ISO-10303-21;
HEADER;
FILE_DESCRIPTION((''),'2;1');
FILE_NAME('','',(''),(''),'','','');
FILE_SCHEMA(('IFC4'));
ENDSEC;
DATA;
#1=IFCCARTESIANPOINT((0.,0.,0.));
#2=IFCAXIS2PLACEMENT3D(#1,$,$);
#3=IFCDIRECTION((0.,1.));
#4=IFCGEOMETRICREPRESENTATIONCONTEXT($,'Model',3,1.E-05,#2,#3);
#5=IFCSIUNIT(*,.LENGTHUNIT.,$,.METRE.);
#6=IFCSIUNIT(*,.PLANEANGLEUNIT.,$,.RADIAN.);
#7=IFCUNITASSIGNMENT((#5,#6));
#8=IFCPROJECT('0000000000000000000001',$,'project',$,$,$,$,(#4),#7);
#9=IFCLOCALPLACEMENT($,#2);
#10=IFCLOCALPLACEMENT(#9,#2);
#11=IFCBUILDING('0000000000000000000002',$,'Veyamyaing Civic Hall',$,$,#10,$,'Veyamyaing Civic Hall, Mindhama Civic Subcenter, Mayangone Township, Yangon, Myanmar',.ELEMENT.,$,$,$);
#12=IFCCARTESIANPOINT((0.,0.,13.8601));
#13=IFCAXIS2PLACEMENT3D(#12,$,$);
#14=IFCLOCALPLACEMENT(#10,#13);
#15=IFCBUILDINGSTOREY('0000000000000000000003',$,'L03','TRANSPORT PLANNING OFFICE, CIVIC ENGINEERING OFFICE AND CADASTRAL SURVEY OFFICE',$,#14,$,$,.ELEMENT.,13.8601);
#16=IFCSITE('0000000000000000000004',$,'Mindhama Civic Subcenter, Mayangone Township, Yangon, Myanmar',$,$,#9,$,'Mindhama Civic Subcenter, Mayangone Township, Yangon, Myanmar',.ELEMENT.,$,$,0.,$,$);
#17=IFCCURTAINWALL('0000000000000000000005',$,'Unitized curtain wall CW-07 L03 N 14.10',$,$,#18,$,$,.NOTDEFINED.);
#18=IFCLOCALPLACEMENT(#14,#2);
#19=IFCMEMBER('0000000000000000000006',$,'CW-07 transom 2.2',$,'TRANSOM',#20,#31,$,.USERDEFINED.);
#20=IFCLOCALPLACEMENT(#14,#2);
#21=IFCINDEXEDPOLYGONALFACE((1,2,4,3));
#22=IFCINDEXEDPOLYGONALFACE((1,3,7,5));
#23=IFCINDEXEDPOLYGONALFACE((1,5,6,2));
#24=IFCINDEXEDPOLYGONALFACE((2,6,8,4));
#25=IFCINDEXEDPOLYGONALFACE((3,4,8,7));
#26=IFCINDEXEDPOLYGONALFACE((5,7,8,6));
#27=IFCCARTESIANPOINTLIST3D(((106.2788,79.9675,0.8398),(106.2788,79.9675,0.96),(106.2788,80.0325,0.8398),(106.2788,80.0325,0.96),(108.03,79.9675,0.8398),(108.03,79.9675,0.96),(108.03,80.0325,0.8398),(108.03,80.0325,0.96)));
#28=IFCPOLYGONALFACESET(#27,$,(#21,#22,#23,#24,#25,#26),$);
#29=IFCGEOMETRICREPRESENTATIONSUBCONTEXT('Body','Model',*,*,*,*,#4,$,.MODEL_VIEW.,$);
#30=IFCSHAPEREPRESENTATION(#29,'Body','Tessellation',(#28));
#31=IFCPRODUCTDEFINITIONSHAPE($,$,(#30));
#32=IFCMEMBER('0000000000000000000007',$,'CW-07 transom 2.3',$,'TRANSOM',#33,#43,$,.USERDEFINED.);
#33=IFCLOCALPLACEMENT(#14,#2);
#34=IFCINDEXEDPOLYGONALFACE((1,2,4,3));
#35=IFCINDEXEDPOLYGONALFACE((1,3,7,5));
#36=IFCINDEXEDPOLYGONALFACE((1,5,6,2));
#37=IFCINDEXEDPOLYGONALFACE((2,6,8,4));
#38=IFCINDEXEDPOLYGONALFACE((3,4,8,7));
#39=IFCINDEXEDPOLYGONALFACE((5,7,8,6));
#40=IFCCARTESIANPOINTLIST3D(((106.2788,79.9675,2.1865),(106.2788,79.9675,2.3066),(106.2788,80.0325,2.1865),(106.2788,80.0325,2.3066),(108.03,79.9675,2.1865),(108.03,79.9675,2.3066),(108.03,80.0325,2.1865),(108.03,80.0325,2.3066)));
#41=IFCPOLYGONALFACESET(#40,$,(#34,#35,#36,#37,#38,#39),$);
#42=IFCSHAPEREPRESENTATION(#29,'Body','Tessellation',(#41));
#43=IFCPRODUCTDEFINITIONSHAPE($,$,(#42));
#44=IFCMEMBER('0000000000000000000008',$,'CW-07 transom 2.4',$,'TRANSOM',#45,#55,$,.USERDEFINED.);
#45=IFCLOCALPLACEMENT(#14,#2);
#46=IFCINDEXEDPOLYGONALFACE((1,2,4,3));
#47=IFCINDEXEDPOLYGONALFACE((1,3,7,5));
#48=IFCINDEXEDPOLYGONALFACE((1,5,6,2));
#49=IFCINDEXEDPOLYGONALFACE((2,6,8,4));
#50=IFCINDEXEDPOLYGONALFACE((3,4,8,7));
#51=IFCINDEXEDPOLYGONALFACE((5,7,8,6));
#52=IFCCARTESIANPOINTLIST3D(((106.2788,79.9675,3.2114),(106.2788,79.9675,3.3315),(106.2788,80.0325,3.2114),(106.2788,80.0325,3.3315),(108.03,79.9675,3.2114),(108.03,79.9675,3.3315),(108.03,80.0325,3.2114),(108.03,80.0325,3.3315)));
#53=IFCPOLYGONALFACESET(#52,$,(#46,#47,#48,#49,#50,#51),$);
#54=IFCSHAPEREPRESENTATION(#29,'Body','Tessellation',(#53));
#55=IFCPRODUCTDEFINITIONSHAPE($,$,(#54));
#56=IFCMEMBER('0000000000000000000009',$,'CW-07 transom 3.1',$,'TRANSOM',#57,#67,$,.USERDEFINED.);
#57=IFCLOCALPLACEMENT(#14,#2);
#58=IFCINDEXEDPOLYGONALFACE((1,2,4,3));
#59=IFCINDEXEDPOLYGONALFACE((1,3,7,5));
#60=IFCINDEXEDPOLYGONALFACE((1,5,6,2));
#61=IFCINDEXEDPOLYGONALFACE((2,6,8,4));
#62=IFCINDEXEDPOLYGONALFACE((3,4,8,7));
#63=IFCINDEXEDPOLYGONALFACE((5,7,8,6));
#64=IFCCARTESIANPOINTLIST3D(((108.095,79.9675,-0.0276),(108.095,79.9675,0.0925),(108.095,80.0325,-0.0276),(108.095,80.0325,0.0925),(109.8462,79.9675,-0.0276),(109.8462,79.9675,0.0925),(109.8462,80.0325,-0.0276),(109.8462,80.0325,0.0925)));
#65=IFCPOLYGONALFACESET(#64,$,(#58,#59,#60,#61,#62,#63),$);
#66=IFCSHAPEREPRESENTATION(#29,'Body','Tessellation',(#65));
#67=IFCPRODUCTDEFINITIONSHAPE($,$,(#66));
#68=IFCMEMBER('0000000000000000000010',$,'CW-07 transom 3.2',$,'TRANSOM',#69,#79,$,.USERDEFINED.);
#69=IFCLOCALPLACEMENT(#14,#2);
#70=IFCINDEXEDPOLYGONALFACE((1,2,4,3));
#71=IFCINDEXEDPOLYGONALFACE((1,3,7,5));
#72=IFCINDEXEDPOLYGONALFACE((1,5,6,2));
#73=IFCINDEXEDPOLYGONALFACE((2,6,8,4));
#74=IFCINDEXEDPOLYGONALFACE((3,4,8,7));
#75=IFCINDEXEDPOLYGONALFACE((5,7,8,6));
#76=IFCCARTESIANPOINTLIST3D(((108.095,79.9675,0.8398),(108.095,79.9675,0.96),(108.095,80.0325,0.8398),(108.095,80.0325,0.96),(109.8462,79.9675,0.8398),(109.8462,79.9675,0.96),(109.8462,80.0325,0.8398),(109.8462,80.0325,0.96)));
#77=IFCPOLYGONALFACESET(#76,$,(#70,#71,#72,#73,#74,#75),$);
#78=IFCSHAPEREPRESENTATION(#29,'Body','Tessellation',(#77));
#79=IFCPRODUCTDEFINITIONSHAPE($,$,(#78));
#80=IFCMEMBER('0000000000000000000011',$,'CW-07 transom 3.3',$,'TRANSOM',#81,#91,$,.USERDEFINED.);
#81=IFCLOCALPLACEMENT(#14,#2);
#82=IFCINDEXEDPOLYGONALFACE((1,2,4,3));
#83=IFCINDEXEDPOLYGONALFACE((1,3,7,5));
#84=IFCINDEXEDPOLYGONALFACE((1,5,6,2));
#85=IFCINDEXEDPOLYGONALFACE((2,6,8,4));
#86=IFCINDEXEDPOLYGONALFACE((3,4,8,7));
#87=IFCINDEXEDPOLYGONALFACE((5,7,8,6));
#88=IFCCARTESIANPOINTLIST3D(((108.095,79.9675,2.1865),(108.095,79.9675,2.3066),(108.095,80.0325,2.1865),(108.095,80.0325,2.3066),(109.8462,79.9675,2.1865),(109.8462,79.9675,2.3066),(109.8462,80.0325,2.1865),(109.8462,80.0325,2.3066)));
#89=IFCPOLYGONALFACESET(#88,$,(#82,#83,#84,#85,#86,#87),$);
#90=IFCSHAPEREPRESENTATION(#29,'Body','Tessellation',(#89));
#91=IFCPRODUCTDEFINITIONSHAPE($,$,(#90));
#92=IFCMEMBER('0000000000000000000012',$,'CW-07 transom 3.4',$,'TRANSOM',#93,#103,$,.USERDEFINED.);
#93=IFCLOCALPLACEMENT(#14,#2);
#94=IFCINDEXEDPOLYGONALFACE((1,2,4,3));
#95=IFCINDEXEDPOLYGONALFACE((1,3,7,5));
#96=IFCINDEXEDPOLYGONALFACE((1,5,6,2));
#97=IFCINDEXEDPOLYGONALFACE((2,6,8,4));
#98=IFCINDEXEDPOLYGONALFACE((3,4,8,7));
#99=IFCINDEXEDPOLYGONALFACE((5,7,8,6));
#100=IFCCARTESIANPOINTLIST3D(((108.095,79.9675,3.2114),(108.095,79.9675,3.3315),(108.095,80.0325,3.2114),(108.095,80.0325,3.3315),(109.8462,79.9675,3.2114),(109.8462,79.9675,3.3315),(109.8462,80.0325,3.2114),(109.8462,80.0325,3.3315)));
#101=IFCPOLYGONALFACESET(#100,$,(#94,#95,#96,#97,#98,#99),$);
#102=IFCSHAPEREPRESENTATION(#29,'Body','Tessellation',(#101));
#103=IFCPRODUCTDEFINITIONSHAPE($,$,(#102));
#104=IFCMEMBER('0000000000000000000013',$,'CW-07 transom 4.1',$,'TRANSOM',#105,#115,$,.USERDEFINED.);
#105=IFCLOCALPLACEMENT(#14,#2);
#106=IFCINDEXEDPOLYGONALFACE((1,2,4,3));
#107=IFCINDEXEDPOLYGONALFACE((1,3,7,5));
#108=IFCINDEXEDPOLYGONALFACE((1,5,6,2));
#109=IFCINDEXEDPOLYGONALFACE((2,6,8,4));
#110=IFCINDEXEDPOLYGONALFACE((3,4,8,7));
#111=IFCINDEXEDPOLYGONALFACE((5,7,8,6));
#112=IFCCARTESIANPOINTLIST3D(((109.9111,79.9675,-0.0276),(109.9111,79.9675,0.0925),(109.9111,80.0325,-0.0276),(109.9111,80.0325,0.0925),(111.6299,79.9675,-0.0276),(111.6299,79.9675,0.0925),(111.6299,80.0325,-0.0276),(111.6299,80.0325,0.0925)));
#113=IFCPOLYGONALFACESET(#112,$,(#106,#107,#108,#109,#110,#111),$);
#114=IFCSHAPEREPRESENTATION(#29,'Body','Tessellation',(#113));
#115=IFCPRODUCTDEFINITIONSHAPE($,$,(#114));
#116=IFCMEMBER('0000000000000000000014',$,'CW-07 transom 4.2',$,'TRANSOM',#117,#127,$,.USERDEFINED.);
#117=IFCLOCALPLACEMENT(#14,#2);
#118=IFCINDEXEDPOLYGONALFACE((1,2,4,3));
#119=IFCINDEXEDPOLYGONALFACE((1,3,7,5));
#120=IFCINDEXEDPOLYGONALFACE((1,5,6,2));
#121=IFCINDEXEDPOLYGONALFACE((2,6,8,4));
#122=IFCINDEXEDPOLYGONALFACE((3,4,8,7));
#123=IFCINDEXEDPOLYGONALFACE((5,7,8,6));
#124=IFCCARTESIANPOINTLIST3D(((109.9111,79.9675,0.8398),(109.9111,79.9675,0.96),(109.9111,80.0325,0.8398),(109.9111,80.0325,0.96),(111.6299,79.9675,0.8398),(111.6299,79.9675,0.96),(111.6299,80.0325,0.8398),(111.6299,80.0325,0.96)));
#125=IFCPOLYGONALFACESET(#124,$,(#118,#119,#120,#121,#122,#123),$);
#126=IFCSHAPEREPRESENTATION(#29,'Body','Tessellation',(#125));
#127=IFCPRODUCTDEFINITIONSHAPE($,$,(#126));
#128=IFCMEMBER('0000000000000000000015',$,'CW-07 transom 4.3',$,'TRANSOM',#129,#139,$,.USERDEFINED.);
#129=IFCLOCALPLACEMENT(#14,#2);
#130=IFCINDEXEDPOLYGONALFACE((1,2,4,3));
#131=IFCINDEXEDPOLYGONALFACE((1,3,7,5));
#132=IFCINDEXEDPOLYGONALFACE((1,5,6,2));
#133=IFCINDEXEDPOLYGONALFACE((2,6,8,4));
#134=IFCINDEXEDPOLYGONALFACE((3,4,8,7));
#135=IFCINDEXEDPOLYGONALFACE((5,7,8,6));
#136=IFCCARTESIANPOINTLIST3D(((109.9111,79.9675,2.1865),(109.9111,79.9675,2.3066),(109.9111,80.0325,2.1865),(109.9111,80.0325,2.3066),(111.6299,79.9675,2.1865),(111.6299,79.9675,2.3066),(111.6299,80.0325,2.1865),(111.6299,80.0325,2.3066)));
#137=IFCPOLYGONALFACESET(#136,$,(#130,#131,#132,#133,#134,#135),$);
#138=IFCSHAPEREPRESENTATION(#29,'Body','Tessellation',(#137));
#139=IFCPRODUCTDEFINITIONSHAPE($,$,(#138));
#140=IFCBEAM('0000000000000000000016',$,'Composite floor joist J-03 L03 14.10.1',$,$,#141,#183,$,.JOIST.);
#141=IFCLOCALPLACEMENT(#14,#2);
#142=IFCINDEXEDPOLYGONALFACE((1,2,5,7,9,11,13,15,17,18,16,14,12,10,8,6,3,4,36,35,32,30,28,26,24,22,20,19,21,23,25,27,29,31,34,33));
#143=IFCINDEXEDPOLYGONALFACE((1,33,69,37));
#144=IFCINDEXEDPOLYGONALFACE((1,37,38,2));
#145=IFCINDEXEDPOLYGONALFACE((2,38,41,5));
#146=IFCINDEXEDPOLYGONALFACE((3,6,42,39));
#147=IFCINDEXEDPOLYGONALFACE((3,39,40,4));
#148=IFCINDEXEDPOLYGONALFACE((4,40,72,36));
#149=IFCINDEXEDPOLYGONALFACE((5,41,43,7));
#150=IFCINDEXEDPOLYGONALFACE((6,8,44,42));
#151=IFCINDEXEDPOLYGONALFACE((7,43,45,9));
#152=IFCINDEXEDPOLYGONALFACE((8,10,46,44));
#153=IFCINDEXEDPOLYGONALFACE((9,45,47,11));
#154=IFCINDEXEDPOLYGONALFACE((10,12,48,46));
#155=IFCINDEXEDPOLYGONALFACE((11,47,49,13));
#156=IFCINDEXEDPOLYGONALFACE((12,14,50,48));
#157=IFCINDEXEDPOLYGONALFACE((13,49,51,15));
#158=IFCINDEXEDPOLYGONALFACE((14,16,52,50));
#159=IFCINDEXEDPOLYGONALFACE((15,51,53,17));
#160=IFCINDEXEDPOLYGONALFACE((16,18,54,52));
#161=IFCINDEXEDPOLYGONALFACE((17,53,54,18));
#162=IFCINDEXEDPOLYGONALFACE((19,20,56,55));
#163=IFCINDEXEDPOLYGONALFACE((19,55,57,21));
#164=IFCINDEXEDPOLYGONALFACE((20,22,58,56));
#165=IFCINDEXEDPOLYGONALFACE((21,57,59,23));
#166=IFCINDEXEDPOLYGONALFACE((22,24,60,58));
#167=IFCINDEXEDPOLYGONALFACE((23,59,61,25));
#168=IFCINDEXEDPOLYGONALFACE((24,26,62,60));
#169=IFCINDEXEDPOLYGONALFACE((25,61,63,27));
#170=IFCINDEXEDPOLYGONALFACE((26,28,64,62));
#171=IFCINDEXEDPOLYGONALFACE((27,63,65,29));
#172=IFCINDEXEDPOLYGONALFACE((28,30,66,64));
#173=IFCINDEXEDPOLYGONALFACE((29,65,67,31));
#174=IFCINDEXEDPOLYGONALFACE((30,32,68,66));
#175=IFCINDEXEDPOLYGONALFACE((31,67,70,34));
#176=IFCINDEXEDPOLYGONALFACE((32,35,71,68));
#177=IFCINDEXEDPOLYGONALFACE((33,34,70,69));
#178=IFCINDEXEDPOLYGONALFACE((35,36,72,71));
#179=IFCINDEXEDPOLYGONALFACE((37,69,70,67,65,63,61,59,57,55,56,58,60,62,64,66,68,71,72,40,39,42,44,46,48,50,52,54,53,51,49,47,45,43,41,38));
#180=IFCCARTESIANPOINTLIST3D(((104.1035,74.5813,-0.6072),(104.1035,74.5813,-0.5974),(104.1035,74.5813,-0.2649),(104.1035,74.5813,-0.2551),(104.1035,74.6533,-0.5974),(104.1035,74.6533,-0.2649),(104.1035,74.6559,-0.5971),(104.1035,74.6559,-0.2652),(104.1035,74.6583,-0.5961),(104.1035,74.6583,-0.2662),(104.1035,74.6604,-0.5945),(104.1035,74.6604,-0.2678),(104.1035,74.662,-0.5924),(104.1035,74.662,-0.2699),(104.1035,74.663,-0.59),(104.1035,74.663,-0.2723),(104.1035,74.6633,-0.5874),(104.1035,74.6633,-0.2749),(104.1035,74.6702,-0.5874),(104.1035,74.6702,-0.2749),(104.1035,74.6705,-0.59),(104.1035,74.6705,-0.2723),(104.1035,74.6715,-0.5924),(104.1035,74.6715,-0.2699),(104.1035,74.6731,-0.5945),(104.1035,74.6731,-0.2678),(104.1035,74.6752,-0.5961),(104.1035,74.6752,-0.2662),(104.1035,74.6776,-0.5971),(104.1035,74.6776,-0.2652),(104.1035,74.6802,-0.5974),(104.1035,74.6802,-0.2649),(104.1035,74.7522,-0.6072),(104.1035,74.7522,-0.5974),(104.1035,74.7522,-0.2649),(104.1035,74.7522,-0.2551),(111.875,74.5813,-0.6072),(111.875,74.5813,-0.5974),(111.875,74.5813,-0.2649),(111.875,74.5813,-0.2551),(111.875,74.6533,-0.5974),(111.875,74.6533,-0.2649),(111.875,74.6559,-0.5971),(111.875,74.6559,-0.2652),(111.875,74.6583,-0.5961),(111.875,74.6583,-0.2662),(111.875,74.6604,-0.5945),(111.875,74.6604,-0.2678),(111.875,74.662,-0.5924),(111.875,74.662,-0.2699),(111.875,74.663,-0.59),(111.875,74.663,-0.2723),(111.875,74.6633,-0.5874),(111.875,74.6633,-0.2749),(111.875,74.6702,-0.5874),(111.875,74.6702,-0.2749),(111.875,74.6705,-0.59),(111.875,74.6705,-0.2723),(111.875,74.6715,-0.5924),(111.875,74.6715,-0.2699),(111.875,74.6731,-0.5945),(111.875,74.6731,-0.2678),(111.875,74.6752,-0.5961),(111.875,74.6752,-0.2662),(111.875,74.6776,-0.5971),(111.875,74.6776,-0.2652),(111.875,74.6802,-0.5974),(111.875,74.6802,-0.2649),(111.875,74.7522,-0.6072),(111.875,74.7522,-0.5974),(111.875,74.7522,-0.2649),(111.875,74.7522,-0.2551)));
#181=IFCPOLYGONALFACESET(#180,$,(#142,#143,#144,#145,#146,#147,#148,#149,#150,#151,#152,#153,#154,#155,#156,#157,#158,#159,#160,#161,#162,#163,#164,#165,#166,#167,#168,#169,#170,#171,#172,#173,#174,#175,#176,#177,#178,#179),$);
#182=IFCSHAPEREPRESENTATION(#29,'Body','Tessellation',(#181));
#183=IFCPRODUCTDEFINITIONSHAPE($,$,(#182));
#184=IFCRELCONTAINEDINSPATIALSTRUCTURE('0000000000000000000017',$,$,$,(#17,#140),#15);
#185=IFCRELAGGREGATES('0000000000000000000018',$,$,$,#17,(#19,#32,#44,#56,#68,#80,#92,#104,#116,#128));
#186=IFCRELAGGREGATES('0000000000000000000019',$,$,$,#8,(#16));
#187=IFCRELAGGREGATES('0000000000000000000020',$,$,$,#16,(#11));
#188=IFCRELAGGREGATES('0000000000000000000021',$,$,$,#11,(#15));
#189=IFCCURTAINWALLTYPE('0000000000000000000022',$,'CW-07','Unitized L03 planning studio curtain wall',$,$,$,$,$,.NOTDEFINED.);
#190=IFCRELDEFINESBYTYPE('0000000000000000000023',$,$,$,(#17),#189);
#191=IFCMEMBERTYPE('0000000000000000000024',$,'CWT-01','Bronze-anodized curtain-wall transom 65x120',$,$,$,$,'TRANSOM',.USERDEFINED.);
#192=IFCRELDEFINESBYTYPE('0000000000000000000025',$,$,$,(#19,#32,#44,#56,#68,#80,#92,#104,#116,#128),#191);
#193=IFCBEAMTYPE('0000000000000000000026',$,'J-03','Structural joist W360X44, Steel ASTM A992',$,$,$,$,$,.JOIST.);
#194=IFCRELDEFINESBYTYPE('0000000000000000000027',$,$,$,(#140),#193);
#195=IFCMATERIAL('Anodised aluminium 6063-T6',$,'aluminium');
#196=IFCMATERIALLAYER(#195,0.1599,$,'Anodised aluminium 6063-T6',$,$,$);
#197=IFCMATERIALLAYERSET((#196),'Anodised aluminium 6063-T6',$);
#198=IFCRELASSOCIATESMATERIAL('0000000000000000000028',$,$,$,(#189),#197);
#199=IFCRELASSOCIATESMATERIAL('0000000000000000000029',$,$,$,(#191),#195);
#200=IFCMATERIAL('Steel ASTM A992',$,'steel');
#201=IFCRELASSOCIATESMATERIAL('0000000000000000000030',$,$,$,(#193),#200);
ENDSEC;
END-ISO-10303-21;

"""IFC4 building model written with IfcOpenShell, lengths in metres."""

from ifc_helpers import new_model, si_unit, direction, frame, origin, origin_2d, place, context, subcontext, project, spatial, rectangle, i_section, extrude, material, layer, layer_set, material_profile, profile_set, type_object, element, aggregate, save


model = new_model("IFC4")

# Units and contexts
model_context = context("Model", 3, precision=1e-05, world=origin(), true_north=direction((0.0, 1.0)))
body_context = subcontext(model_context, "Body", "Model", "MODEL_VIEW")
ifc_project = project(units=[si_unit("LENGTHUNIT", "METRE"), si_unit("PLANEANGLEUNIT", "RADIAN")], contexts=[model_context])

# Site, building, storey
site_placement = place(None, origin())
site = spatial("IfcSite", under=ifc_project, at=site_placement, Name="Mindhama Civic Subcenter, Mayangone Township, Yangon, Myanmar", LongName="Mindhama Civic Subcenter, Mayangone Township, Yangon, Myanmar", CompositionType="ELEMENT", RefElevation=0.0)
building_placement = place(site_placement, origin())
building = spatial("IfcBuilding", under=site, at=building_placement, Name="Veyamyaing Civic Hall", LongName="Veyamyaing Civic Hall, Mindhama Civic Subcenter, Mayangone Township, Yangon, Myanmar", CompositionType="ELEMENT")
storey_placement = place(building_placement, frame((0.0, 0.0, 13.8601)))
storey = spatial("IfcBuildingStorey", under=building, at=storey_placement, Name="L03", Description="TRANSPORT PLANNING OFFICE, CIVIC ENGINEERING OFFICE AND CADASTRAL SURVEY OFFICE", CompositionType="ELEMENT", Elevation=13.8601)

# Shared definitions
ifc_material_1 = material(Name="Steel ASTM A992", Category="steel")

# Curtain wall, members
ifc_material_2 = material(Name="Anodised aluminium 6063-T6", Category="aluminium")
ifc_layer_1 = layer(ifc_material_2, 0.1599, Name="Anodised aluminium 6063-T6")
ifc_layer_set_1 = layer_set([ifc_layer_1], Name="Anodised aluminium 6063-T6")
curtain_wall_type = type_object("IfcCurtainWallType", Name="CW-07", Description="Unitized L03 planning studio curtain wall", PredefinedType="NOTDEFINED", material=ifc_layer_set_1)
curtain_wall_placement = place(storey_placement, origin())
curtain_wall = element("IfcCurtainWall", 1, at=curtain_wall_placement, inside=storey, type_object=curtain_wall_type, Name="Unitized curtain wall CW-07 L03 N 14.10", PredefinedType="NOTDEFINED")
ifc_material_profile_1 = material_profile(ifc_material_2, rectangle(XDim=0.0649, YDim=0.1201, at=origin_2d()), Name="ALU-TRN-65X120")
ifc_profile_set_1 = profile_set([ifc_material_profile_1], Name="Anodised aluminium 6063-T6")
member_type_1 = type_object("IfcMemberType", Name="CWT-01", Description="Bronze-anodized curtain-wall transom 65x120", ElementType="TRANSOM", PredefinedType="USERDEFINED", material=ifc_profile_set_1)
member_1_placement = place(storey_placement, frame((106.2788, 80.0, 0.8999), z_axis=(1.0, 0.0, 0.0), x_axis=(0.0, 1.0, 0.0)))
member_1 = element("IfcMember", 2, at=member_1_placement, type_object=member_type_1, Name="CW-07 transom 2.2", ObjectType="TRANSOM", PredefinedType="USERDEFINED", context=body_context, shape_type="SweptSolid", body=[
    extrude(rectangle(XDim=0.0649, YDim=0.1201, at=origin_2d()), origin(), (0.0, 0.0, 1.0), 1.7512),
])
member_2_placement = place(storey_placement, frame((106.2788, 80.0, 2.2466), z_axis=(1.0, 0.0, 0.0), x_axis=(0.0, 1.0, 0.0)))
member_2 = element("IfcMember", 3, at=member_2_placement, type_object=member_type_1, Name="CW-07 transom 2.3", ObjectType="TRANSOM", PredefinedType="USERDEFINED", context=body_context, shape_type="SweptSolid", body=[
    extrude(rectangle(XDim=0.0649, YDim=0.1201, at=origin_2d()), origin(), (0.0, 0.0, 1.0), 1.7512),
])
member_3_placement = place(storey_placement, frame((106.2788, 80.0, 3.2715), z_axis=(1.0, 0.0, 0.0), x_axis=(0.0, 1.0, 0.0)))
member_3 = element("IfcMember", 4, at=member_3_placement, type_object=member_type_1, Name="CW-07 transom 2.4", ObjectType="TRANSOM", PredefinedType="USERDEFINED", context=body_context, shape_type="SweptSolid", body=[
    extrude(rectangle(XDim=0.0649, YDim=0.1201, at=origin_2d()), origin(), (0.0, 0.0, 1.0), 1.7512),
])
member_4_placement = place(storey_placement, frame((108.095, 80.0, 0.0325), z_axis=(1.0, 0.0, 0.0), x_axis=(0.0, 1.0, 0.0)))
member_4 = element("IfcMember", 5, at=member_4_placement, type_object=member_type_1, Name="CW-07 transom 3.1", ObjectType="TRANSOM", PredefinedType="USERDEFINED", context=body_context, shape_type="SweptSolid", body=[
    extrude(rectangle(XDim=0.0649, YDim=0.1201, at=origin_2d()), origin(), (0.0, 0.0, 1.0), 1.7512),
])
member_5_placement = place(storey_placement, frame((108.095, 80.0, 0.8999), z_axis=(1.0, 0.0, 0.0), x_axis=(0.0, 1.0, 0.0)))
member_5 = element("IfcMember", 6, at=member_5_placement, type_object=member_type_1, Name="CW-07 transom 3.2", ObjectType="TRANSOM", PredefinedType="USERDEFINED", context=body_context, shape_type="SweptSolid", body=[
    extrude(rectangle(XDim=0.0649, YDim=0.1201, at=origin_2d()), origin(), (0.0, 0.0, 1.0), 1.7512),
])
member_6_placement = place(storey_placement, frame((108.095, 80.0, 2.2466), z_axis=(1.0, 0.0, 0.0), x_axis=(0.0, 1.0, 0.0)))
member_6 = element("IfcMember", 7, at=member_6_placement, type_object=member_type_1, Name="CW-07 transom 3.3", ObjectType="TRANSOM", PredefinedType="USERDEFINED", context=body_context, shape_type="SweptSolid", body=[
    extrude(rectangle(XDim=0.0649, YDim=0.1201, at=origin_2d()), origin(), (0.0, 0.0, 1.0), 1.7512),
])
member_7_placement = place(storey_placement, frame((108.095, 80.0, 3.2715), z_axis=(1.0, 0.0, 0.0), x_axis=(0.0, 1.0, 0.0)))
member_7 = element("IfcMember", 8, at=member_7_placement, type_object=member_type_1, Name="CW-07 transom 3.4", ObjectType="TRANSOM", PredefinedType="USERDEFINED", context=body_context, shape_type="SweptSolid", body=[
    extrude(rectangle(XDim=0.0649, YDim=0.1201, at=origin_2d()), origin(), (0.0, 0.0, 1.0), 1.7512),
])
member_8_placement = place(storey_placement, frame((109.9111, 80.0, 0.0325), z_axis=(1.0, 0.0, 0.0), x_axis=(0.0, 1.0, 0.0)))
member_8 = element("IfcMember", 9, at=member_8_placement, type_object=member_type_1, Name="CW-07 transom 4.1", ObjectType="TRANSOM", PredefinedType="USERDEFINED", context=body_context, shape_type="SweptSolid", body=[
    extrude(rectangle(XDim=0.0649, YDim=0.1201, at=origin_2d()), origin(), (0.0, 0.0, 1.0), 1.7188),
])
member_9_placement = place(storey_placement, frame((109.9111, 80.0, 0.8999), z_axis=(1.0, 0.0, 0.0), x_axis=(0.0, 1.0, 0.0)))
member_9 = element("IfcMember", 10, at=member_9_placement, type_object=member_type_1, Name="CW-07 transom 4.2", ObjectType="TRANSOM", PredefinedType="USERDEFINED", context=body_context, shape_type="SweptSolid", body=[
    extrude(rectangle(XDim=0.0649, YDim=0.1201, at=origin_2d()), origin(), (0.0, 0.0, 1.0), 1.7188),
])
member_10_placement = place(storey_placement, frame((109.9111, 80.0, 2.2466), z_axis=(1.0, 0.0, 0.0), x_axis=(0.0, 1.0, 0.0)))
member_10 = element("IfcMember", 11, at=member_10_placement, type_object=member_type_1, Name="CW-07 transom 4.3", ObjectType="TRANSOM", PredefinedType="USERDEFINED", context=body_context, shape_type="SweptSolid", body=[
    extrude(rectangle(XDim=0.0649, YDim=0.1201, at=origin_2d()), origin(), (0.0, 0.0, 1.0), 1.7188),
])

# Beam
ifc_material_profile_2 = material_profile(ifc_material_1, i_section(OverallWidth=0.1709, OverallDepth=0.3521, WebThickness=0.0068, FlangeThickness=0.0098, FilletRadius=0.01, at=origin_2d()), Name="W360X44")
ifc_profile_set_2 = profile_set([ifc_material_profile_2], Name="Steel ASTM A992")
beam_type_1 = type_object("IfcBeamType", Name="J-03", Description="Structural joist W360X44, Steel ASTM A992", PredefinedType="JOIST", material=ifc_profile_set_2)
for number, where, z_axis, x_axis, name in (
    (12, (104.1035, 74.6667, -0.4312), (1.0, 0.0, 0.0), (0.0, 1.0, 0.0), "Composite floor joist J-03 L03 14.10.1"),
):
    element("IfcBeam", number, at=place(storey_placement, frame(where, z_axis=z_axis, x_axis=x_axis)), inside=storey, type_object=beam_type_1, Name=name, PredefinedType="JOIST", context=body_context, shape_type="SweptSolid", body=[
        extrude(i_section(OverallWidth=0.1709, OverallDepth=0.3521, WebThickness=0.0068, FlangeThickness=0.0098, FilletRadius=0.01, at=origin_2d()), origin(), (0.0, 0.0, 1.0), 7.7715),
    ])

aggregate(curtain_wall, [member_1, member_2, member_3, member_4, member_5, member_6, member_7, member_8, member_9, member_10])

save(model, "model.ifc")
